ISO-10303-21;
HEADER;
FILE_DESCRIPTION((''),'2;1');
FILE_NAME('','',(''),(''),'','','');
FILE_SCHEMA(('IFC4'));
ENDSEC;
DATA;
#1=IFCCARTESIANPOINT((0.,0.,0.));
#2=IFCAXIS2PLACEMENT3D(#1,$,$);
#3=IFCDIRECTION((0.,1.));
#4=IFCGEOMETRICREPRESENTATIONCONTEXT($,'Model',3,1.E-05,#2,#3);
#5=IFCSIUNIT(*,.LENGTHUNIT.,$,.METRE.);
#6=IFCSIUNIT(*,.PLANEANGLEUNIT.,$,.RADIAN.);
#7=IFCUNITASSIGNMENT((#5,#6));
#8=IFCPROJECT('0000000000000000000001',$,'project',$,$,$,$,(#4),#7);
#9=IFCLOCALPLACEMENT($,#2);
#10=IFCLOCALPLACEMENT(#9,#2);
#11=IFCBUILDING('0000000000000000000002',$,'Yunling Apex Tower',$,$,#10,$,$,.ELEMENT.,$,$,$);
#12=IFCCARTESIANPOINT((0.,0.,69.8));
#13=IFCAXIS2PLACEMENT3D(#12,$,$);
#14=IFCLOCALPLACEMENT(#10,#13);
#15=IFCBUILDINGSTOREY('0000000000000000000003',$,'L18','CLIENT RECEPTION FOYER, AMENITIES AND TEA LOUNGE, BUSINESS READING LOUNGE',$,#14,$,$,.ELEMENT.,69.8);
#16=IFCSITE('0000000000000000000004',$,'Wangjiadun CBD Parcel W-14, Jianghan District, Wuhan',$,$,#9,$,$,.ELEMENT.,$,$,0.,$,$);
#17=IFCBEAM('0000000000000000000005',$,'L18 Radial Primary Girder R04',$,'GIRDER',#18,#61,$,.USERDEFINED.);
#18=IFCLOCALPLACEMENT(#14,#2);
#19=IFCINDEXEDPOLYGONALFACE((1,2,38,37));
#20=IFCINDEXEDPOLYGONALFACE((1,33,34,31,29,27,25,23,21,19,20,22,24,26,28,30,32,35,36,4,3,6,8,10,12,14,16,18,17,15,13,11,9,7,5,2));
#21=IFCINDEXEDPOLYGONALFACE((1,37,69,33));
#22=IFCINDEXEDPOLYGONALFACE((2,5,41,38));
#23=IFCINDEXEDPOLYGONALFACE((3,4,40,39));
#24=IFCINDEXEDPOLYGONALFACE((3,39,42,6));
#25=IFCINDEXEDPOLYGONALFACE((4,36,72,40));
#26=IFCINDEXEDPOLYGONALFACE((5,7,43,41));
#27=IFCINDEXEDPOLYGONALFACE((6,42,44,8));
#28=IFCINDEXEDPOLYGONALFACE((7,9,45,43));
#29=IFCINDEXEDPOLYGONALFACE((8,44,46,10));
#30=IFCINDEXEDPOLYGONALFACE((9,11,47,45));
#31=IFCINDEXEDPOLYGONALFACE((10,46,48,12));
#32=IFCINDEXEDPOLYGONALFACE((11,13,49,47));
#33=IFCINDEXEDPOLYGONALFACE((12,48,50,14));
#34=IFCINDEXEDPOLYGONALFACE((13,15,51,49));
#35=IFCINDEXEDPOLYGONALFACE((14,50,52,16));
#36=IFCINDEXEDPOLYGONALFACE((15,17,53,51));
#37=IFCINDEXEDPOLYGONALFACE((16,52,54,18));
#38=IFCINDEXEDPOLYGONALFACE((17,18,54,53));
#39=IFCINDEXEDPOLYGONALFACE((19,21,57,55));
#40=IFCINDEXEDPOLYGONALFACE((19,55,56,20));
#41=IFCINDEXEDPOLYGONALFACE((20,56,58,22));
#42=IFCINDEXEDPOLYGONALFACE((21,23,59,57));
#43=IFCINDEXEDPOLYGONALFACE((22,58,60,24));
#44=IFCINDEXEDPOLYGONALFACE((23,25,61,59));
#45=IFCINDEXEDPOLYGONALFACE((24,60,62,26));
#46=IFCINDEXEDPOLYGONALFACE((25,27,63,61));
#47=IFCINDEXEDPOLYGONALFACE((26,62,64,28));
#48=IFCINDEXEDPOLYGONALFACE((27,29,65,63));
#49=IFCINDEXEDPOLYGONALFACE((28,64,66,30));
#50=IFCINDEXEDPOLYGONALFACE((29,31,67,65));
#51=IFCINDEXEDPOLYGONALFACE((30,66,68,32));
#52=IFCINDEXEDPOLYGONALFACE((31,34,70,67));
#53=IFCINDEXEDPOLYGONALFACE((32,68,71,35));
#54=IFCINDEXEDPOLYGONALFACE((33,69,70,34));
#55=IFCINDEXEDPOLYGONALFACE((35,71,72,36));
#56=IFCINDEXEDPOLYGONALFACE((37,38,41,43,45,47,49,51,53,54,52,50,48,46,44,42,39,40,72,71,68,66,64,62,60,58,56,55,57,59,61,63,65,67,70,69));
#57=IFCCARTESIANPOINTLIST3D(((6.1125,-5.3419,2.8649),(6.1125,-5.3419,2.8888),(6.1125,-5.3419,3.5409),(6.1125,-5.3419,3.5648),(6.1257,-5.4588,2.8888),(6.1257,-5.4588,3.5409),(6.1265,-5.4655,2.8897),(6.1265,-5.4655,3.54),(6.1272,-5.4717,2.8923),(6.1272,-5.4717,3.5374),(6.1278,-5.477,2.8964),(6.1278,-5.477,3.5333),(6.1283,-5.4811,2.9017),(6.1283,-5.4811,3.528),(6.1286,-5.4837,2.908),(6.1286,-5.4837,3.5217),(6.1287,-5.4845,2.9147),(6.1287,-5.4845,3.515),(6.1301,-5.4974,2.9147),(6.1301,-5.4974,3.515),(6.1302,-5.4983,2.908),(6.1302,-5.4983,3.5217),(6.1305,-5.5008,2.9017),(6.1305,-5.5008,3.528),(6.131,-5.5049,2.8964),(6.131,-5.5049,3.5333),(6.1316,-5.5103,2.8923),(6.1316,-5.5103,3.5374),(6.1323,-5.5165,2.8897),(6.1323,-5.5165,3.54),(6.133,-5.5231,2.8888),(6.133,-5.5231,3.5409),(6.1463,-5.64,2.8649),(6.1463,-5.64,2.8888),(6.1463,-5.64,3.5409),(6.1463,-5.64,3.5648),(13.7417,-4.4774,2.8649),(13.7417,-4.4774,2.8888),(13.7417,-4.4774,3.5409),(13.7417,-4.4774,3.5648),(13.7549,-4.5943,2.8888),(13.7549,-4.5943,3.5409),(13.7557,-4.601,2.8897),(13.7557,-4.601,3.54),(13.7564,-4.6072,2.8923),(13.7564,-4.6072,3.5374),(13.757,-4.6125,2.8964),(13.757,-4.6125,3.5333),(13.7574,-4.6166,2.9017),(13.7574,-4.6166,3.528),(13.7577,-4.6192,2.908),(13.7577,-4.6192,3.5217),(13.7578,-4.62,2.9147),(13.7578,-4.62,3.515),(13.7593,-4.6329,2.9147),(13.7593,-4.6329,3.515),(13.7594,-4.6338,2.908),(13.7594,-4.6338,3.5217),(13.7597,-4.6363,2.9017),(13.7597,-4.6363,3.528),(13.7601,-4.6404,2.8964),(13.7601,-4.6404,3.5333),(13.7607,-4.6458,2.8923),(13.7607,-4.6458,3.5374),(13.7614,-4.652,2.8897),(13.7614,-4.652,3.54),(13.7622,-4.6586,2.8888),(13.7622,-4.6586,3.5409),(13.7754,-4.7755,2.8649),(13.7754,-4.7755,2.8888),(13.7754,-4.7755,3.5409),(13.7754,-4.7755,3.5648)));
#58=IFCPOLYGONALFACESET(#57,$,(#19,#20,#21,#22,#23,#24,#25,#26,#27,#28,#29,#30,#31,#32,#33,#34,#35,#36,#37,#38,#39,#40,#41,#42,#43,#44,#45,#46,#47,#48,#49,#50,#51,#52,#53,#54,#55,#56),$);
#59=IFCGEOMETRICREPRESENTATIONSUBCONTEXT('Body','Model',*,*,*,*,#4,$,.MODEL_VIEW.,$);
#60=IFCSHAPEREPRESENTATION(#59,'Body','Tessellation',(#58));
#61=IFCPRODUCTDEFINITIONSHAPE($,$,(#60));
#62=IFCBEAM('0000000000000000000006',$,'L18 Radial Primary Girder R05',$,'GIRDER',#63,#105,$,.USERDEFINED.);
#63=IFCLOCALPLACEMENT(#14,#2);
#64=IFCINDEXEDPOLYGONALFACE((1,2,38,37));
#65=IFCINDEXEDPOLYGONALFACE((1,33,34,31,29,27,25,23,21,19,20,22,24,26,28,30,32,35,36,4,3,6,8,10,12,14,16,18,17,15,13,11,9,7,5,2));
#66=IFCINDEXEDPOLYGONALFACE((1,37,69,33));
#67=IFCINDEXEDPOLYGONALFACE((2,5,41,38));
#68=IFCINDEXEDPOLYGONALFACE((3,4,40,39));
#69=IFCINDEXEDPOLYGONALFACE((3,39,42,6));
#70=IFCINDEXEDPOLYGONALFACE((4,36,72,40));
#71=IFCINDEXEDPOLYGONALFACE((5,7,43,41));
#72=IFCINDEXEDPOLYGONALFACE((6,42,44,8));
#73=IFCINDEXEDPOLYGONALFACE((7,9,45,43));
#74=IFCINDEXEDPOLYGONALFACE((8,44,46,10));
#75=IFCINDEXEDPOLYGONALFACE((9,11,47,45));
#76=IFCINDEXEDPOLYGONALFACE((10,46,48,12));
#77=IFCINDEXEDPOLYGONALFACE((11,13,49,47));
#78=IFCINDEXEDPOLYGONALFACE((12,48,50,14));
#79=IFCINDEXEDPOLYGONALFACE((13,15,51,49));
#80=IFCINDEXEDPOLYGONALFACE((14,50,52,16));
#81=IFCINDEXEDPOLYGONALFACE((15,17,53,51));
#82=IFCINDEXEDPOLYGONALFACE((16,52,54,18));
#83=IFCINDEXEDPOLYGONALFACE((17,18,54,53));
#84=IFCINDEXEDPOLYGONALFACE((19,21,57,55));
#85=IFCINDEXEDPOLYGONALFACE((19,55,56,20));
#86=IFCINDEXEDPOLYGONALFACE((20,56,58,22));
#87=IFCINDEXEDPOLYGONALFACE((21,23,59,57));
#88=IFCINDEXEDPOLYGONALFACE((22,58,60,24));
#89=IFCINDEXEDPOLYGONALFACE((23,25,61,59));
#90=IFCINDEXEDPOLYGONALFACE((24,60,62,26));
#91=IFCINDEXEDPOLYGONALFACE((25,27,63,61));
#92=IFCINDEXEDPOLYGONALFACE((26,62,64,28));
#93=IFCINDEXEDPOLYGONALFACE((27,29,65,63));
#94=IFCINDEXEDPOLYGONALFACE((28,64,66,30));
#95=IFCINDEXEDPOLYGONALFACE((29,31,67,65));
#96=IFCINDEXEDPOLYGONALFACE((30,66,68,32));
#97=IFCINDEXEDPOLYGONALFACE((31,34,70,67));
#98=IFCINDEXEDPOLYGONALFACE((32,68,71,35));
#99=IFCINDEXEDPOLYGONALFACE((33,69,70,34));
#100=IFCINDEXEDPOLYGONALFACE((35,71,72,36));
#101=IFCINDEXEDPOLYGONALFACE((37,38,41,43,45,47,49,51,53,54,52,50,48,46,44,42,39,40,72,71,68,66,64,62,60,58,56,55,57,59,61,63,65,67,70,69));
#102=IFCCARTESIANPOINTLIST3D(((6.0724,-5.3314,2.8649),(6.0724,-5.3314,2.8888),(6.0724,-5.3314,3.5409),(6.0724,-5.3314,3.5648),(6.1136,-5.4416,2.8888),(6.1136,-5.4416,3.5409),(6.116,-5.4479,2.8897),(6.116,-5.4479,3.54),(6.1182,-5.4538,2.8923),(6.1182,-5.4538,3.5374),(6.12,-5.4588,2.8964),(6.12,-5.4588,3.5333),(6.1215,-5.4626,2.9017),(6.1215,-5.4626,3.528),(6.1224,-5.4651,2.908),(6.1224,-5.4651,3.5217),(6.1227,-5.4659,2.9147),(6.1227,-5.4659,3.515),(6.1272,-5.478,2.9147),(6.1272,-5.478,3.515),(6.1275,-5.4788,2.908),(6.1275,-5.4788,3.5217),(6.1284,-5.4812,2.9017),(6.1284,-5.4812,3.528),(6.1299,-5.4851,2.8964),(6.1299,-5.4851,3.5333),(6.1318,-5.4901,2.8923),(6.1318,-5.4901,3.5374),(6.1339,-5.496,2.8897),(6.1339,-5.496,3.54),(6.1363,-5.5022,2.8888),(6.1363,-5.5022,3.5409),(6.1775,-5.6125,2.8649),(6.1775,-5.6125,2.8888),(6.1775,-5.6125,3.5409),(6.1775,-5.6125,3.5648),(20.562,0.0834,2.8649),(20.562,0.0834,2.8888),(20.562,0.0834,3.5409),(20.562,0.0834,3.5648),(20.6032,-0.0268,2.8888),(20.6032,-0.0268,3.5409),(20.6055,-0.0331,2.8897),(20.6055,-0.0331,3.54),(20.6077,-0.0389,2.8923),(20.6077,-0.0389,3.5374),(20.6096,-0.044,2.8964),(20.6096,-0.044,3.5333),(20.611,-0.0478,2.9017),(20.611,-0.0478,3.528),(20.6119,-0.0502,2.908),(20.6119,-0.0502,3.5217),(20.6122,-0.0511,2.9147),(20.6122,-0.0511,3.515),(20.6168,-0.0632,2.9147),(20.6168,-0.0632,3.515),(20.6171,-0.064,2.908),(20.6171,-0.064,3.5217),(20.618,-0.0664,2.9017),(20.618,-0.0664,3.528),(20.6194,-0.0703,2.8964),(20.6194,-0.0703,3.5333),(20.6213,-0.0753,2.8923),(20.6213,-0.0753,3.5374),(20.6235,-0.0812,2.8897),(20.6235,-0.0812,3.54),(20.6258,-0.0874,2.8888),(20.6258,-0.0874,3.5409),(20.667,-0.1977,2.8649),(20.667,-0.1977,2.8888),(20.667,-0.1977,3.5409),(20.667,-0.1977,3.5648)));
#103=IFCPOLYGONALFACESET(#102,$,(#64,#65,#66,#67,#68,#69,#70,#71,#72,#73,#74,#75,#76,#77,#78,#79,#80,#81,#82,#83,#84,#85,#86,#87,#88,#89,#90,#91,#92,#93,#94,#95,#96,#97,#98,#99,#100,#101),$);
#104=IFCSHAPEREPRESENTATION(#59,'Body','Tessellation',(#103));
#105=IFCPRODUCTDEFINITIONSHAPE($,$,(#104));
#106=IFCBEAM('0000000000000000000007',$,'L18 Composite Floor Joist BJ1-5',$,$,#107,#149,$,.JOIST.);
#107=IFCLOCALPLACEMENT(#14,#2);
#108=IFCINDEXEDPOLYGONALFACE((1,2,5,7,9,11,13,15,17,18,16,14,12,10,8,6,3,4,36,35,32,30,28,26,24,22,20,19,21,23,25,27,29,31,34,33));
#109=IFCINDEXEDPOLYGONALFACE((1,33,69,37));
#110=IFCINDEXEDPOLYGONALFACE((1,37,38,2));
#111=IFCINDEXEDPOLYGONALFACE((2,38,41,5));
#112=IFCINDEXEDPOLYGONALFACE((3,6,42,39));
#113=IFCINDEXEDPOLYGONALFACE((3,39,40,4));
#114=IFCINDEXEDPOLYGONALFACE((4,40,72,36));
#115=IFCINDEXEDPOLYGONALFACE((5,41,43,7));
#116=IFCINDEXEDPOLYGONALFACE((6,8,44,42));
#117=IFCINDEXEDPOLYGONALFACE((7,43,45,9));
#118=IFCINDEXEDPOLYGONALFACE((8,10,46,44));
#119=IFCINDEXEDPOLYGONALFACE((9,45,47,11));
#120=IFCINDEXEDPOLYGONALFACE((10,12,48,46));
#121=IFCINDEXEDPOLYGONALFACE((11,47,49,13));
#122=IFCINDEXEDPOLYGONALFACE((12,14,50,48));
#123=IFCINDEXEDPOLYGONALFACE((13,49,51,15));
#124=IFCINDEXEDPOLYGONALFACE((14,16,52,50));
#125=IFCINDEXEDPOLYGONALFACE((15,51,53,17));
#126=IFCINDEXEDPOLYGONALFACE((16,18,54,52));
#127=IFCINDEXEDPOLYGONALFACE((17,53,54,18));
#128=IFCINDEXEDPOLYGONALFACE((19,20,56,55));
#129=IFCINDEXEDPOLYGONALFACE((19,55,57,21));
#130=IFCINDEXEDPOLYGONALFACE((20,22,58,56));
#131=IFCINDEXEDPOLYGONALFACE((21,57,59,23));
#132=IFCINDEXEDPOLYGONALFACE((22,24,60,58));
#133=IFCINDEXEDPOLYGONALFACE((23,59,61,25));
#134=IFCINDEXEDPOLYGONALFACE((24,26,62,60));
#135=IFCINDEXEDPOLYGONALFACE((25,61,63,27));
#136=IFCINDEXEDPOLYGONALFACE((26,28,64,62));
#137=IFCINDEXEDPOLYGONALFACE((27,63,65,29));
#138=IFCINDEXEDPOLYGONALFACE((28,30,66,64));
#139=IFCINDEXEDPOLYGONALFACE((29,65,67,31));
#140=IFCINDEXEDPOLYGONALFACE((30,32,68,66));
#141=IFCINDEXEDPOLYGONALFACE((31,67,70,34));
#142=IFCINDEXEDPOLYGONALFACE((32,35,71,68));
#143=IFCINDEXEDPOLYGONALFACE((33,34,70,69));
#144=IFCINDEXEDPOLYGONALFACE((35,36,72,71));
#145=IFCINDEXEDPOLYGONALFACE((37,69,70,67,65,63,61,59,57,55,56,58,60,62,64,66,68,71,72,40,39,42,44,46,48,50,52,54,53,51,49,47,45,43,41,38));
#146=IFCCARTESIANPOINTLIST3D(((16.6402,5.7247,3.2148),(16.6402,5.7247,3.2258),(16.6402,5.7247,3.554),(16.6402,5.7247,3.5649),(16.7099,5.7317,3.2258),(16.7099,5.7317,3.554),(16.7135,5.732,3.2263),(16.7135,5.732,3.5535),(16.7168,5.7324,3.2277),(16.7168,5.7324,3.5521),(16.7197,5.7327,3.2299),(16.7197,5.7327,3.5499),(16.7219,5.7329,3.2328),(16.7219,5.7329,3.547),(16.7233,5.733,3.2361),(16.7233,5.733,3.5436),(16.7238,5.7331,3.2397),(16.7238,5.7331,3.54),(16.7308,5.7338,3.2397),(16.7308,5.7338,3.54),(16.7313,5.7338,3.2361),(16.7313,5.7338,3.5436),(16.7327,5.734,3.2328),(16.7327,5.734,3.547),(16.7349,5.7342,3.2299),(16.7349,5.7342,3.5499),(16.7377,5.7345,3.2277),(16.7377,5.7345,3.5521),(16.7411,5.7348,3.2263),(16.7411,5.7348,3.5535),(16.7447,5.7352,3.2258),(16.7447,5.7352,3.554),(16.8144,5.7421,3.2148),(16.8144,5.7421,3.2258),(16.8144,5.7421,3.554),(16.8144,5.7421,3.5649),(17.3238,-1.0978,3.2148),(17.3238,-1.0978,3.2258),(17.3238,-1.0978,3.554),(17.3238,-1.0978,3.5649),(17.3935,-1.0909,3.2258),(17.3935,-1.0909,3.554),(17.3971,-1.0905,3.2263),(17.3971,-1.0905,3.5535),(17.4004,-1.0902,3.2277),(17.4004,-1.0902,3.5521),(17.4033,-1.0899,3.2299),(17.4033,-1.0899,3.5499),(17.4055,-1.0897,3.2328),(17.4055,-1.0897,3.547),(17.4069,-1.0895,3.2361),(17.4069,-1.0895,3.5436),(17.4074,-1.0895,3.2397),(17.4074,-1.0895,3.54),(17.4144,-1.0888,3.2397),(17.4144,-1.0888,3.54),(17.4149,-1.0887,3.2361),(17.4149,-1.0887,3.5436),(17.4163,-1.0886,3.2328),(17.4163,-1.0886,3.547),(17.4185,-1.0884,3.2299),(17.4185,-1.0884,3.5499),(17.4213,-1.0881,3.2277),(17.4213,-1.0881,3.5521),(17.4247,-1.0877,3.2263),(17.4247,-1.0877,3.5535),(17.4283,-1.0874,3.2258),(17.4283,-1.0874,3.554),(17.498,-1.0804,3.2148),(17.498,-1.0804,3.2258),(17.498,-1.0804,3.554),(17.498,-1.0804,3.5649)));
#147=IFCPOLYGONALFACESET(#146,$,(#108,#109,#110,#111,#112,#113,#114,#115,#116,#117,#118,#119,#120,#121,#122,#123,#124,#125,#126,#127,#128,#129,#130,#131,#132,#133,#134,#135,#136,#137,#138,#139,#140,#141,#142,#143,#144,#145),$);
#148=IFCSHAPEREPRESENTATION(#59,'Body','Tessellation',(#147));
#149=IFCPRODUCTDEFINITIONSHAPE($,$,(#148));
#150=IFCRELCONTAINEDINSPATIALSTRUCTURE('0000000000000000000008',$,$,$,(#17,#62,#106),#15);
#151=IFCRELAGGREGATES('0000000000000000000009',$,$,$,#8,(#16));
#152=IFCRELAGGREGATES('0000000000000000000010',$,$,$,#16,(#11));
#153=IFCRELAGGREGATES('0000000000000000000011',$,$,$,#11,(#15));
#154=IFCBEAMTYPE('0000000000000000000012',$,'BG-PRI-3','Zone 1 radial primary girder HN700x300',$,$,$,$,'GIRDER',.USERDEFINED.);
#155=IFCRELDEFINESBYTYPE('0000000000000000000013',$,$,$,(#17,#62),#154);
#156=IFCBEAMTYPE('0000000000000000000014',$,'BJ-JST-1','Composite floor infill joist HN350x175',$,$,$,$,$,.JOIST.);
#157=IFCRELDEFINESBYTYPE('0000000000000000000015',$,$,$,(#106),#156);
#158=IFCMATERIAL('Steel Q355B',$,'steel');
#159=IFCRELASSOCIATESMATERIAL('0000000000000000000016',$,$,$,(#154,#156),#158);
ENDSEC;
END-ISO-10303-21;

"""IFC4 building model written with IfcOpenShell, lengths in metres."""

from ifc_helpers import new_model, si_unit, direction, frame, origin, origin_2d, place, context, subcontext, project, spatial, i_section, extrude, source, transform, mapped, material, material_profile, profile_set, type_object, element, save


model = new_model("IFC4")

# Units and contexts
model_context = context("Model", 3, precision=1e-05, world=origin(), true_north=direction((0.0, 1.0)))
body_context = subcontext(model_context, "Body", "Model", "MODEL_VIEW")
ifc_project = project(units=[si_unit("LENGTHUNIT", "METRE"), si_unit("PLANEANGLEUNIT", "RADIAN")], contexts=[model_context])

# Site, building, storey
site_placement = place(None, origin())
site = spatial("IfcSite", under=ifc_project, at=site_placement, Name="Wangjiadun CBD Parcel W-14, Jianghan District, Wuhan", CompositionType="ELEMENT", RefElevation=0.0)
building_placement = place(site_placement, origin())
building = spatial("IfcBuilding", under=site, at=building_placement, Name="Yunling Apex Tower", CompositionType="ELEMENT")
storey_placement = place(building_placement, frame((0.0, 0.0, 69.8)))
storey = spatial("IfcBuildingStorey", under=building, at=storey_placement, Name="L18", Description="CLIENT RECEPTION FOYER, AMENITIES AND TEA LOUNGE, BUSINESS READING LOUNGE", CompositionType="ELEMENT", Elevation=69.8)

# Beams
ifc_material_1 = material(Name="Steel Q355B", Category="steel")
ifc_material_profile_1 = material_profile(ifc_material_1, i_section(OverallWidth=0.3, OverallDepth=0.7, WebThickness=0.0129, FlangeThickness=0.0239, FilletRadius=0.0259, at=origin_2d()))
ifc_profile_set_1 = profile_set([ifc_material_profile_1], Name="Steel Q355B")
beam_type_1 = type_object("IfcBeamType", Name="BG-PRI-3", Description="Zone 1 radial primary girder HN700x300", ElementType="GIRDER", PredefinedType="USERDEFINED", material=ifc_profile_set_1)
shared_shape_1 = source(origin(), body_context, "Body", "SweptSolid", [
    extrude(i_section(OverallWidth=0.3, OverallDepth=0.7, WebThickness=0.0129, FlangeThickness=0.0239, FilletRadius=0.0259, at=origin_2d()), origin(), (0.0, 0.0, 1.0), 7.678),
])
beam_1_placement = place(storey_placement, frame((13.7585, -4.6265, 3.2148), z_axis=(-0.993641, -0.112595, 0.0), x_axis=(0.112595, -0.993641, 0.0)))
element("IfcBeam", 1, at=beam_1_placement, inside=storey, type_object=beam_type_1, Name="L18 Radial Primary Girder R04", ObjectType="GIRDER", PredefinedType="USERDEFINED", context=body_context, shape_type="MappedRepresentation", body=[
    mapped(shared_shape_1, transform((0.0, 0.0, 0.0), scale=1.0)),
])
shared_shape_2 = source(origin(), body_context, "Body", "SweptSolid", [
    extrude(i_section(OverallWidth=0.3, OverallDepth=0.7, WebThickness=0.0129, FlangeThickness=0.0239, FilletRadius=0.0259, at=origin_2d()), origin(), (0.0, 0.0, 1.0), 15.4683),
])
beam_2_placement = place(storey_placement, frame((20.6145, -0.0571, 3.2148), z_axis=(-0.936727, -0.350059, 0.0), x_axis=(0.350059, -0.936727, 0.0)))
element("IfcBeam", 2, at=beam_2_placement, inside=storey, type_object=beam_type_1, Name="L18 Radial Primary Girder R05", ObjectType="GIRDER", PredefinedType="USERDEFINED", context=body_context, shape_type="MappedRepresentation", body=[
    mapped(shared_shape_2, transform((0.0, 0.0, 0.0), scale=1.0)),
])
ifc_material_profile_2 = material_profile(ifc_material_1, i_section(OverallWidth=0.175, OverallDepth=0.3501, WebThickness=0.0071, FlangeThickness=0.011, FilletRadius=0.0139, at=origin_2d()))
ifc_profile_set_2 = profile_set([ifc_material_profile_2], Name="Steel Q355B")
beam_type_2 = type_object("IfcBeamType", Name="BJ-JST-1", Description="Composite floor infill joist HN350x175", PredefinedType="JOIST", material=ifc_profile_set_2)
shared_shape_3 = source(origin(), body_context, "Body", "SweptSolid", [
    extrude(i_section(OverallWidth=0.175, OverallDepth=0.3501, WebThickness=0.0071, FlangeThickness=0.011, FilletRadius=0.0139, at=origin_2d()), origin(), (0.0, 0.0, 1.0), 6.8567),
])
beam_3_placement = place(storey_placement, frame((17.4109, -1.0891, 3.3899), z_axis=(-0.099698, 0.995018, 0.0), x_axis=(-0.995018, -0.099698, 0.0)))
element("IfcBeam", 3, at=beam_3_placement, inside=storey, type_object=beam_type_2, Name="L18 Composite Floor Joist BJ1-5", PredefinedType="JOIST", context=body_context, shape_type="MappedRepresentation", body=[
    mapped(shared_shape_3, transform((0.0, 0.0, 0.0), scale=1.0)),
])

save(model, "model.ifc")
